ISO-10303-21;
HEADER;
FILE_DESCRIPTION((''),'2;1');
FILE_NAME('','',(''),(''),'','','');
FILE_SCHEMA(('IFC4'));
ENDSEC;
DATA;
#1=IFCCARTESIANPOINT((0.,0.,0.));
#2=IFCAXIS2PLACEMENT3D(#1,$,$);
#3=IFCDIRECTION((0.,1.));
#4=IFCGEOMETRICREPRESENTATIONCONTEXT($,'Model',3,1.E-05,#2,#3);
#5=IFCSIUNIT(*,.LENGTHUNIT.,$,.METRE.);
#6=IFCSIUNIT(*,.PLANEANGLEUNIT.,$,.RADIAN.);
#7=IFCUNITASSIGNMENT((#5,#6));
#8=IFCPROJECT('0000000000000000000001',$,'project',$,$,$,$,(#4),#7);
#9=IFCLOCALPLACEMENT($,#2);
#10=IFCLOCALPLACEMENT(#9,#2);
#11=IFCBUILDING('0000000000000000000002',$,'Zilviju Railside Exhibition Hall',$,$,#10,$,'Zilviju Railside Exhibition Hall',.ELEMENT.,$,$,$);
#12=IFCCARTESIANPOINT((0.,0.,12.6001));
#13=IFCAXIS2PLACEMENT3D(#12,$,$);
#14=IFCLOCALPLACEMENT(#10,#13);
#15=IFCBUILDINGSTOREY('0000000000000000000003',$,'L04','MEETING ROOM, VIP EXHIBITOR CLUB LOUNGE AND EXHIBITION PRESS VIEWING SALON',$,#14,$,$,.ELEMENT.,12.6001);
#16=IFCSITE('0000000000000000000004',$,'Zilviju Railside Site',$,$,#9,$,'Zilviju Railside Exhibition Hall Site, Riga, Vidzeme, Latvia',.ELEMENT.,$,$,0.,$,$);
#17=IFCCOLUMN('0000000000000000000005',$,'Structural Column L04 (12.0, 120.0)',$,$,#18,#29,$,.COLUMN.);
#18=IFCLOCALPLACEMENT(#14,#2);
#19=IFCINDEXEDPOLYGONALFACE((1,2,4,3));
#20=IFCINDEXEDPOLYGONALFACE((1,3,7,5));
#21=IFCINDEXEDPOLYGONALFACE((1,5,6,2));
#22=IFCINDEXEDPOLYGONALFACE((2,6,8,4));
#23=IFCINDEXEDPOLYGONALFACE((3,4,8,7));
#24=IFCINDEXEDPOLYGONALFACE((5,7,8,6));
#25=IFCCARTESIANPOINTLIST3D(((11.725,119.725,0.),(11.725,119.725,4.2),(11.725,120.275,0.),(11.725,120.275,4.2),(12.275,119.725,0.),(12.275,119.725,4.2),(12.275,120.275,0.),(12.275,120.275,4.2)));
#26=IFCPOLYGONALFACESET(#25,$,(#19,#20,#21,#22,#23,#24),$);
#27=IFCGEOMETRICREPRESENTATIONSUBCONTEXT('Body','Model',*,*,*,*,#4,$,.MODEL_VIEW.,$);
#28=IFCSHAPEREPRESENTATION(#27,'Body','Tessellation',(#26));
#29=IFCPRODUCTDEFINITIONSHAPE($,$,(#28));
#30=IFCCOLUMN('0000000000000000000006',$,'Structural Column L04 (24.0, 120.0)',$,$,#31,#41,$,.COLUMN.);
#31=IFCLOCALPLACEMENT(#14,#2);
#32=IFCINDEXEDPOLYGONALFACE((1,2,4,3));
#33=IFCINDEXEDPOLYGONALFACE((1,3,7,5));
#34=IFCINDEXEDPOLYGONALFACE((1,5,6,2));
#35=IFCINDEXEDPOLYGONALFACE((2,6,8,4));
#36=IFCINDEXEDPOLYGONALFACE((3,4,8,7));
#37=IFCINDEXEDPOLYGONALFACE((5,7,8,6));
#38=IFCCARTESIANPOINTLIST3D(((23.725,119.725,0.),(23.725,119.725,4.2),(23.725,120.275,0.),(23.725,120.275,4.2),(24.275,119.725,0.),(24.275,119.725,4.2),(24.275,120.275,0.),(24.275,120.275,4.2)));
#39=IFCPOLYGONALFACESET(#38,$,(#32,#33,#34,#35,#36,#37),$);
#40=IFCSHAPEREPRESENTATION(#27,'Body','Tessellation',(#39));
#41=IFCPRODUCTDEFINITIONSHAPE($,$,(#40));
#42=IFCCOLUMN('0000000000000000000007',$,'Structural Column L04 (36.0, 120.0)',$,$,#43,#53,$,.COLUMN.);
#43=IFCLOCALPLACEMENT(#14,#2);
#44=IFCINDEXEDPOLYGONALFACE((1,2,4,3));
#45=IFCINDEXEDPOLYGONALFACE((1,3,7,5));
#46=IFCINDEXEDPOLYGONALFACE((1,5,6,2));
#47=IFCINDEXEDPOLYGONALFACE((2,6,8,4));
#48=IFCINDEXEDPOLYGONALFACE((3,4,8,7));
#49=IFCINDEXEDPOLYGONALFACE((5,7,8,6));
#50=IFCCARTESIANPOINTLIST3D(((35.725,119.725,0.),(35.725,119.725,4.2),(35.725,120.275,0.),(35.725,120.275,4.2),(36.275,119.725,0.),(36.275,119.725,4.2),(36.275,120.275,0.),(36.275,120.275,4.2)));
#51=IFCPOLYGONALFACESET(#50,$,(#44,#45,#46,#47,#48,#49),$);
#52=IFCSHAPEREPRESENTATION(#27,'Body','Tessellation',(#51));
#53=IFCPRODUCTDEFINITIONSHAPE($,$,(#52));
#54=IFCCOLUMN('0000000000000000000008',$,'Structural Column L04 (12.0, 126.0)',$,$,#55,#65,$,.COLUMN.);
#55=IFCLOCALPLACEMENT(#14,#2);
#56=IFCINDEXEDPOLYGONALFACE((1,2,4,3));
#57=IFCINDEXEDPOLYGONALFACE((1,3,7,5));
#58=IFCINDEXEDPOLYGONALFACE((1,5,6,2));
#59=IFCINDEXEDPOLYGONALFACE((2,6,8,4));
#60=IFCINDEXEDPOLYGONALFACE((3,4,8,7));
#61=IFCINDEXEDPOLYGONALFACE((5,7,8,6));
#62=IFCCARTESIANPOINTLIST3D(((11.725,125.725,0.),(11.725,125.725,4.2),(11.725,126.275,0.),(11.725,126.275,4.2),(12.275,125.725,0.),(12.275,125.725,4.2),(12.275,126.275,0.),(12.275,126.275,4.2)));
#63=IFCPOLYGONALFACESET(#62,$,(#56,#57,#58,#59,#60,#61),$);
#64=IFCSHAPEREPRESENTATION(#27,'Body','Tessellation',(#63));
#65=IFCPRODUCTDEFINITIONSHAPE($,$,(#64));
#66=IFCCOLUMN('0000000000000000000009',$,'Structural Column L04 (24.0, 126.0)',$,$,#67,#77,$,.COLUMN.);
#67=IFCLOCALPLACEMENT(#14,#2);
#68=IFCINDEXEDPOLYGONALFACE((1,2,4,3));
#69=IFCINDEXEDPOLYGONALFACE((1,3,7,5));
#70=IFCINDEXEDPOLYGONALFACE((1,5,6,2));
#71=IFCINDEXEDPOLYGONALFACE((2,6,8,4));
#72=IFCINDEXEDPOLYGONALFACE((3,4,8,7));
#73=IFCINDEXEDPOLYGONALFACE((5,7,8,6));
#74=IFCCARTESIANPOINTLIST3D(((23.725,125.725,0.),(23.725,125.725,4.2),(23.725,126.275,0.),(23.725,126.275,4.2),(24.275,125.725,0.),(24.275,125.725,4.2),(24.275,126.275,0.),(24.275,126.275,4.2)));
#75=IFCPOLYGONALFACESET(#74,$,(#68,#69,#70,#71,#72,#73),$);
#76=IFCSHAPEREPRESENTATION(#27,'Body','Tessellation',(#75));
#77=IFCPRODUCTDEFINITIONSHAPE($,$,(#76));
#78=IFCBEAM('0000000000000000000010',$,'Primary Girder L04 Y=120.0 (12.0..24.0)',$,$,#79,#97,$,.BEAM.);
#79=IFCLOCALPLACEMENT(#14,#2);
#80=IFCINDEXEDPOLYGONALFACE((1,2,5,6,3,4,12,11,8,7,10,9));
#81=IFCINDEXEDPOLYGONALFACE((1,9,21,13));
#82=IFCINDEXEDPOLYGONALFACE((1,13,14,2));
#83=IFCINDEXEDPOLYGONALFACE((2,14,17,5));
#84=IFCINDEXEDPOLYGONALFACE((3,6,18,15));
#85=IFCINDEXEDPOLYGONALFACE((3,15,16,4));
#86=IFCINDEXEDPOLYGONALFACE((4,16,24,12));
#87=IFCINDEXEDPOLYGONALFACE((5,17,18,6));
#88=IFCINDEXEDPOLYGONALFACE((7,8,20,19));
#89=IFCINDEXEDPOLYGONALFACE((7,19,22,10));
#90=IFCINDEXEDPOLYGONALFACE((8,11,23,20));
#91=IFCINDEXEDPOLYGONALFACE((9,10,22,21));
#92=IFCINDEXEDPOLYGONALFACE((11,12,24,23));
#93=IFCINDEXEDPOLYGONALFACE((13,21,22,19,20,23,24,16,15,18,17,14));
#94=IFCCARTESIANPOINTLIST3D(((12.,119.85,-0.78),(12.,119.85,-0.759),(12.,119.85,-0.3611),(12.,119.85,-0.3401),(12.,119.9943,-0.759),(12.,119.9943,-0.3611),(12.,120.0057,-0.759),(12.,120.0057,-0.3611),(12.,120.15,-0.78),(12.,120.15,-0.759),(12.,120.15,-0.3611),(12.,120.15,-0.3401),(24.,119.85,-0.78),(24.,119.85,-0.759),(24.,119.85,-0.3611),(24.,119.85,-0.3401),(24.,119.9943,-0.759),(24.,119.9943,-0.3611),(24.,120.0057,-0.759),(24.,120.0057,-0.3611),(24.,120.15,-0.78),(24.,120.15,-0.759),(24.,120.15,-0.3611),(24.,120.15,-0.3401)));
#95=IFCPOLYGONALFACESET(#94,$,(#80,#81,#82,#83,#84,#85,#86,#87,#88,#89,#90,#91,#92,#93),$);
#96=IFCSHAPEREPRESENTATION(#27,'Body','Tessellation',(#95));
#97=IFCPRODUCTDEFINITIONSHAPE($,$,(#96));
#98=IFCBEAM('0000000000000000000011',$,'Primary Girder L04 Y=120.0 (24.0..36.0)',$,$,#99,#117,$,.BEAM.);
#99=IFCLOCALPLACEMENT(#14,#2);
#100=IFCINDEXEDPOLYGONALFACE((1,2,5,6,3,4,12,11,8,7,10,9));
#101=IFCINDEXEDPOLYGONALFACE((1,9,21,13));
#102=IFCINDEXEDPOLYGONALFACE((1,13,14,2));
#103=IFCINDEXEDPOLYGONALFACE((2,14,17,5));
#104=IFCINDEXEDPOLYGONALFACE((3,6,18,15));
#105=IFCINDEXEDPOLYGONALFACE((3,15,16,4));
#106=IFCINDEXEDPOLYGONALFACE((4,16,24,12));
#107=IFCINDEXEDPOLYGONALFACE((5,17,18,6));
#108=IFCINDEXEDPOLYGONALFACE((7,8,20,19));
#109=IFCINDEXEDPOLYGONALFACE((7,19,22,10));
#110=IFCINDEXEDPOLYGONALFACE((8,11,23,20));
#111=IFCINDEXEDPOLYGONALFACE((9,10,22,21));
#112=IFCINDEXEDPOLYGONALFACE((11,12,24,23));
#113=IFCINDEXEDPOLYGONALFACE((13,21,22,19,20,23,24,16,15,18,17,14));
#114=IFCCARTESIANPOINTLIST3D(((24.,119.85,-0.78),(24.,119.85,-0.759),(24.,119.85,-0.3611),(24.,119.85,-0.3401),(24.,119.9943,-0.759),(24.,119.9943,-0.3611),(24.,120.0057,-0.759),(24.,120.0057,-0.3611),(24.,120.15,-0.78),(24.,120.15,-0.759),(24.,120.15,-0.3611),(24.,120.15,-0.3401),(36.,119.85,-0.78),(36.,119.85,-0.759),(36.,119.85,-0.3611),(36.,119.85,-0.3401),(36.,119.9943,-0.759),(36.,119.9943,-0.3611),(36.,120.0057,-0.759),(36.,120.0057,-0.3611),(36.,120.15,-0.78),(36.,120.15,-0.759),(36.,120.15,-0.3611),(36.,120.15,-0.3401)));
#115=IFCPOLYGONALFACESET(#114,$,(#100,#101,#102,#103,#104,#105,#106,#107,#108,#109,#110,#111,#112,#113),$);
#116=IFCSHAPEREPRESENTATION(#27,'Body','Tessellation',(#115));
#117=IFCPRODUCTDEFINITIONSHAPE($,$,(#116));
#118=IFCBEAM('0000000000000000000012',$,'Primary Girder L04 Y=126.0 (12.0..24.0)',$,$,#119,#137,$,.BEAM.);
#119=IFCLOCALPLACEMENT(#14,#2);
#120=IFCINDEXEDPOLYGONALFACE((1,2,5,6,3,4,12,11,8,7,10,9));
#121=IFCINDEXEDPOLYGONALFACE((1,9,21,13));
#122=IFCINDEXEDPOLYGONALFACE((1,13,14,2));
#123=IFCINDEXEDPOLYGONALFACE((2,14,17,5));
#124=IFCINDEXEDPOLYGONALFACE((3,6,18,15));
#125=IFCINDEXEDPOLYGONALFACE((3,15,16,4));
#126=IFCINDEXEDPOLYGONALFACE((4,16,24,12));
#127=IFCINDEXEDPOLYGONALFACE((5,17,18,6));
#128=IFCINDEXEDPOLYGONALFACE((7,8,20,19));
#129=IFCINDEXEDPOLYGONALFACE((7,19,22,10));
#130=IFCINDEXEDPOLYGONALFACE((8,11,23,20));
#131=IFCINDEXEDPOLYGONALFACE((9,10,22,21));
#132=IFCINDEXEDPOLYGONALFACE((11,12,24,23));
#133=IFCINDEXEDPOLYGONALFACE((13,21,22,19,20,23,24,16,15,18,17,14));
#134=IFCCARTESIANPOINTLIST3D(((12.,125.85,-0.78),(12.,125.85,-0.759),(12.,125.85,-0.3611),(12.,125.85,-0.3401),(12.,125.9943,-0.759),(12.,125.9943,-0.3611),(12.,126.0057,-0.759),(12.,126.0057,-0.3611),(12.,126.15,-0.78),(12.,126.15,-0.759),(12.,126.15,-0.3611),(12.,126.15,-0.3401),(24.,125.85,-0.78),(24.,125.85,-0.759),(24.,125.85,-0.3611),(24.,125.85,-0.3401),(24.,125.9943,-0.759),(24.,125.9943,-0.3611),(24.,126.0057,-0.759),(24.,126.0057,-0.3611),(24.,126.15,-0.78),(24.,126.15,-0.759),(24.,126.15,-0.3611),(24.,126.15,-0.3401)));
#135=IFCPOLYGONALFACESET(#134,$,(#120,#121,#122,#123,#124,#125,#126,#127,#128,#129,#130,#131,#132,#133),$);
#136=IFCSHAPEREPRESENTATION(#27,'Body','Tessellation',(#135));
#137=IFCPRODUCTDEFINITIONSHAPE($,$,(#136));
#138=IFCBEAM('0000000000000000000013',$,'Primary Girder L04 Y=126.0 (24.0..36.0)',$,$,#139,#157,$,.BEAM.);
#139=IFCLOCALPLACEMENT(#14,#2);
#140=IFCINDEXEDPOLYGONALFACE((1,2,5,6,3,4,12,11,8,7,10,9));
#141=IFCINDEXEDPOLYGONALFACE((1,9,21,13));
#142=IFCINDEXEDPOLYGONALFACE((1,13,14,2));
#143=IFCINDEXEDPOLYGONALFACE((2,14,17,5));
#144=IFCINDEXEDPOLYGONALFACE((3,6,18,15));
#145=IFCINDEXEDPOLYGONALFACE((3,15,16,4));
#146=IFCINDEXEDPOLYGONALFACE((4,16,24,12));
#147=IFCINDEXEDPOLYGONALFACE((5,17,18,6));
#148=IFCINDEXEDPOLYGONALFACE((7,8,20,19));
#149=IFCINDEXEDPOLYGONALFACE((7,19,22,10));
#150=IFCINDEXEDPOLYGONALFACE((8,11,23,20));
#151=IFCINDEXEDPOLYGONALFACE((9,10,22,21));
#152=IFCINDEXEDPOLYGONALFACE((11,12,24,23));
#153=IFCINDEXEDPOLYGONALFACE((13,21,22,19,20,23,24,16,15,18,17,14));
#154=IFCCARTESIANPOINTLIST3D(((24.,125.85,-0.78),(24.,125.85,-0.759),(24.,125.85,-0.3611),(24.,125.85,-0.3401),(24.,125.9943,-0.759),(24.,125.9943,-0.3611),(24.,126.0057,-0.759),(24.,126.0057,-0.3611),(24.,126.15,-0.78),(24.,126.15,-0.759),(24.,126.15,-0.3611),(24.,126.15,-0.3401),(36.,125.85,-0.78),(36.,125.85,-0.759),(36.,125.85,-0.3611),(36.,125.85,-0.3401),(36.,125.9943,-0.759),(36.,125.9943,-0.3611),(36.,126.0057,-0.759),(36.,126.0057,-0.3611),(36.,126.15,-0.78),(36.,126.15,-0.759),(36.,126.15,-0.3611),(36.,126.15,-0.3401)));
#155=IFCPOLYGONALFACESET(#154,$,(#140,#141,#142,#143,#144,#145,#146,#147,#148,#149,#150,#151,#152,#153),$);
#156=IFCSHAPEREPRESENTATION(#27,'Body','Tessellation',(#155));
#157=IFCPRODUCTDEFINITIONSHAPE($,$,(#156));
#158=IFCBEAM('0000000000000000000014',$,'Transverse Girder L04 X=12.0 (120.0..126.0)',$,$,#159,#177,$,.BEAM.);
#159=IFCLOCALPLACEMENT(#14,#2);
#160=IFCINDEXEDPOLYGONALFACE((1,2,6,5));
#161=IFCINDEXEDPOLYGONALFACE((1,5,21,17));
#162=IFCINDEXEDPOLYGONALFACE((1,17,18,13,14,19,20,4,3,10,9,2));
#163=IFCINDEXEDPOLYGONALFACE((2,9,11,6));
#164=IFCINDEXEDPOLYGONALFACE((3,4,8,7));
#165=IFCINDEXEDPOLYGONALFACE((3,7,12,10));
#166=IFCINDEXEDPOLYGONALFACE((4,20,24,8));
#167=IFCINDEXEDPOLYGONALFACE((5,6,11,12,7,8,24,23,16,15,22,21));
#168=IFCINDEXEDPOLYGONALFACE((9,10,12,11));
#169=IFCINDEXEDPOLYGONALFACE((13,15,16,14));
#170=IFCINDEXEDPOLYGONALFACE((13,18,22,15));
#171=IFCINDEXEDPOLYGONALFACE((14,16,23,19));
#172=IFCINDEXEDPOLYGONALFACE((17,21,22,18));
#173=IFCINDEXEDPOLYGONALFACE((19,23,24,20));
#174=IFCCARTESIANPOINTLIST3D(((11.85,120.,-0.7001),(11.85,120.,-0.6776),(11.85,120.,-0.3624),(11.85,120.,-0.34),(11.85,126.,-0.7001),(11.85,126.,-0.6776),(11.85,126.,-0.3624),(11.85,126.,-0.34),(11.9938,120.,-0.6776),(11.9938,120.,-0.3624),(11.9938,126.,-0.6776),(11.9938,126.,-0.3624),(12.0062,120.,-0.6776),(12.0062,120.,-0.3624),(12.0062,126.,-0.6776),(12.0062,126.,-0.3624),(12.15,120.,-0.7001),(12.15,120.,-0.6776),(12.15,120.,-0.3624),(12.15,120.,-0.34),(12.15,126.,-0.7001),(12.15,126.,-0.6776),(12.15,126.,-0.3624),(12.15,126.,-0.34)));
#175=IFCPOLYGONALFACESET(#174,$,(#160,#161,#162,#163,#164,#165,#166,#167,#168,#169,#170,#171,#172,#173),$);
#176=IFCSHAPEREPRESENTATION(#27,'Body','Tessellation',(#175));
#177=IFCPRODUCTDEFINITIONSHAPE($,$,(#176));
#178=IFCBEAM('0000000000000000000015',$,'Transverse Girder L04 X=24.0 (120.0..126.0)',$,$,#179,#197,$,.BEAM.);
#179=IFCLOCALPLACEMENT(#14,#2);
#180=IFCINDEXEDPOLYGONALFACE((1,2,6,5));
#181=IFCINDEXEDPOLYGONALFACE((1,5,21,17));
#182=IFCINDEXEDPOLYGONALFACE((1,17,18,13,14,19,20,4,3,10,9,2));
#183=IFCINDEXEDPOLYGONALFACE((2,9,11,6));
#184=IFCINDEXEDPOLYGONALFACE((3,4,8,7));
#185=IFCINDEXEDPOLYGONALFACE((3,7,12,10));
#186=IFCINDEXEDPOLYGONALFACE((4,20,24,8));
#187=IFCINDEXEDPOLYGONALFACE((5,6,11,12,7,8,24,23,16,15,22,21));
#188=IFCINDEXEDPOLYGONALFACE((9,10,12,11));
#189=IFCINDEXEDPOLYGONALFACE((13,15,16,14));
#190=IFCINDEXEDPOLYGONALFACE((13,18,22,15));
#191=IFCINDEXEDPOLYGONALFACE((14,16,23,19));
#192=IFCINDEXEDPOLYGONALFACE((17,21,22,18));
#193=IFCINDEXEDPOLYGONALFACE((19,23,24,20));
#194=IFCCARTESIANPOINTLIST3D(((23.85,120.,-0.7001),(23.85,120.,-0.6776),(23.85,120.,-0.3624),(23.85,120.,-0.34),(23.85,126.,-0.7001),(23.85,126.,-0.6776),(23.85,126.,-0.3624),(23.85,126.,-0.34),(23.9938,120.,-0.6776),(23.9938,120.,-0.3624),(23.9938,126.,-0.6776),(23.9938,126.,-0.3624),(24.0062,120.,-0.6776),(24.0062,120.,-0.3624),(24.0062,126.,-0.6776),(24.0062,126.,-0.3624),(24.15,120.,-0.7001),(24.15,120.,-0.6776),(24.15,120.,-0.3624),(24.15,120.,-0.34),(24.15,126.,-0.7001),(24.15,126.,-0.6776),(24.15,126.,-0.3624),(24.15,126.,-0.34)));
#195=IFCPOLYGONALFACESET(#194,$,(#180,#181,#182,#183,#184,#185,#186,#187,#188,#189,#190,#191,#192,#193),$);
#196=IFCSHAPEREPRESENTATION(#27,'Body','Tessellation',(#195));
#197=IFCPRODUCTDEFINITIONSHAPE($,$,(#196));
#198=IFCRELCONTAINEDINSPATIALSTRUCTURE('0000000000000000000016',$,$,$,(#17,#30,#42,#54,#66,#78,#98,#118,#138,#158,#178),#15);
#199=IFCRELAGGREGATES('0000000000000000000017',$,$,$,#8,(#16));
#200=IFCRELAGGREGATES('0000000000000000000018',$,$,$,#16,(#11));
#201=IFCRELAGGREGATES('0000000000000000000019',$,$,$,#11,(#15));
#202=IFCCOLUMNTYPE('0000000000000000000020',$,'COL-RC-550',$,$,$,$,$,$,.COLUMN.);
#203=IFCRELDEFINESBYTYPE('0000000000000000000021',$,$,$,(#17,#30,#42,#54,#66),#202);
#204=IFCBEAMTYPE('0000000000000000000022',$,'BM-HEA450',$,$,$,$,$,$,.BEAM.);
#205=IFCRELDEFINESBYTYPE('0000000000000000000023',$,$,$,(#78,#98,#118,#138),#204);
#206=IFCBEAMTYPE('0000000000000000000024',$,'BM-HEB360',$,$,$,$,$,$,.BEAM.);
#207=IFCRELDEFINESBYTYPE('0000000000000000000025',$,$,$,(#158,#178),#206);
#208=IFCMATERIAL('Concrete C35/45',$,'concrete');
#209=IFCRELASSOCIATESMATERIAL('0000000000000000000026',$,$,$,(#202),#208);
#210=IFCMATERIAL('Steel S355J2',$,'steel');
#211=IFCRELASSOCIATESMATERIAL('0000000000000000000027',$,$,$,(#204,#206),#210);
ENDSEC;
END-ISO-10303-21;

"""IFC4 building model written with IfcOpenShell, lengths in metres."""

from ifc_helpers import new_model, si_unit, direction, frame, origin, origin_2d, place, context, subcontext, project, spatial, rectangle, i_section, extrude, material, material_profile, profile_set, type_object, element, save


model = new_model("IFC4")

# Units and contexts
model_context = context("Model", 3, precision=1e-05, world=origin(), true_north=direction((0.0, 1.0)))
body_context = subcontext(model_context, "Body", "Model", "MODEL_VIEW")
ifc_project = project(units=[si_unit("LENGTHUNIT", "METRE"), si_unit("PLANEANGLEUNIT", "RADIAN")], contexts=[model_context])

# Site, building, storey
site_placement = place(None, origin())
site = spatial("IfcSite", under=ifc_project, at=site_placement, Name="Zilviju Railside Site", LongName="Zilviju Railside Exhibition Hall Site, Riga, Vidzeme, Latvia", CompositionType="ELEMENT", RefElevation=0.0)
building_placement = place(site_placement, origin())
building = spatial("IfcBuilding", under=site, at=building_placement, Name="Zilviju Railside Exhibition Hall", LongName="Zilviju Railside Exhibition Hall", CompositionType="ELEMENT")
storey_placement = place(building_placement, frame((0.0, 0.0, 12.6001)))
storey = spatial("IfcBuildingStorey", under=building, at=storey_placement, Name="L04", Description="MEETING ROOM, VIP EXHIBITOR CLUB LOUNGE AND EXHIBITION PRESS VIEWING SALON", CompositionType="ELEMENT", Elevation=12.6001)

# Columns
ifc_material_1 = material(Name="Concrete C35/45", Category="concrete")
ifc_material_profile_1 = material_profile(ifc_material_1, rectangle(XDim=0.55, YDim=0.55, at=origin_2d()), Name="RC COL 550x550")
ifc_profile_set_1 = profile_set([ifc_material_profile_1], Name="Concrete C35/45")
column_type = type_object("IfcColumnType", Name="COL-RC-550", PredefinedType="COLUMN", material=ifc_profile_set_1)
for number, where, z_axis, x_axis, name in (
    (1, (12.0, 120.0, 0.0), (0.0, 0.0, 1.0), (1.0, 0.0, 0.0), "Structural Column L04 (12.0, 120.0)"),
    (2, (24.0, 120.0, 0.0), (0.0, 0.0, 1.0), (1.0, 0.0, 0.0), "Structural Column L04 (24.0, 120.0)"),
    (3, (36.0, 120.0, 0.0), (0.0, 0.0, 1.0), (1.0, 0.0, 0.0), "Structural Column L04 (36.0, 120.0)"),
    (4, (12.0, 126.0, 0.0), (0.0, 0.0, 1.0), (1.0, 0.0, 0.0), "Structural Column L04 (12.0, 126.0)"),
    (5, (24.0, 126.0, 0.0), (0.0, 0.0, 1.0), (1.0, 0.0, 0.0), "Structural Column L04 (24.0, 126.0)"),
):
    element("IfcColumn", number, at=place(storey_placement, frame(where, z_axis=z_axis, x_axis=x_axis)), inside=storey, type_object=column_type, Name=name, PredefinedType="COLUMN", context=body_context, shape_type="SweptSolid", body=[
        extrude(rectangle(XDim=0.55, YDim=0.55, at=origin_2d()), origin(), (0.0, 0.0, 1.0), 4.2),
    ])

# Beams
ifc_material_2 = material(Name="Steel S355J2", Category="steel")
ifc_material_profile_2 = material_profile(ifc_material_2, i_section(OverallWidth=0.3, OverallDepth=0.4399, WebThickness=0.0115, FlangeThickness=0.021, at=origin_2d()), Name="HEA 450")
ifc_profile_set_2 = profile_set([ifc_material_profile_2], Name="Steel S355J2")
beam_type_1 = type_object("IfcBeamType", Name="BM-HEA450", PredefinedType="BEAM", material=ifc_profile_set_2)
for number, where, z_axis, x_axis, name in (
    (6, (12.0, 120.0, -0.5601), (1.0, 0.0, 0.0), (0.0, 1.0, 0.0), "Primary Girder L04 Y=120.0 (12.0..24.0)"),
    (7, (24.0, 120.0, -0.5601), (1.0, 0.0, 0.0), (0.0, 1.0, 0.0), "Primary Girder L04 Y=120.0 (24.0..36.0)"),
    (8, (12.0, 126.0, -0.5601), (1.0, 0.0, 0.0), (0.0, 1.0, 0.0), "Primary Girder L04 Y=126.0 (12.0..24.0)"),
    (9, (24.0, 126.0, -0.5601), (1.0, 0.0, 0.0), (0.0, 1.0, 0.0), "Primary Girder L04 Y=126.0 (24.0..36.0)"),
):
    element("IfcBeam", number, at=place(storey_placement, frame(where, z_axis=z_axis, x_axis=x_axis)), inside=storey, type_object=beam_type_1, Name=name, PredefinedType="BEAM", context=body_context, shape_type="SweptSolid", body=[
        extrude(i_section(OverallWidth=0.3, OverallDepth=0.4399, WebThickness=0.0115, FlangeThickness=0.021, at=origin_2d()), origin(), (0.0, 0.0, 1.0), 12.0),
    ])
ifc_material_profile_3 = material_profile(ifc_material_2, i_section(OverallWidth=0.3, OverallDepth=0.3601, WebThickness=0.0125, FlangeThickness=0.0225, at=origin_2d()), Name="HEB 360")
ifc_profile_set_3 = profile_set([ifc_material_profile_3], Name="Steel S355J2")
beam_type_2 = type_object("IfcBeamType", Name="BM-HEB360", PredefinedType="BEAM", material=ifc_profile_set_3)
for number, where, z_axis, x_axis, name in (
    (10, (12.0, 120.0, -0.52), (0.0, 1.0, 0.0), (-1.0, 0.0, 0.0), "Transverse Girder L04 X=12.0 (120.0..126.0)"),
    (11, (24.0, 120.0, -0.52), (0.0, 1.0, 0.0), (-1.0, 0.0, 0.0), "Transverse Girder L04 X=24.0 (120.0..126.0)"),
):
    element("IfcBeam", number, at=place(storey_placement, frame(where, z_axis=z_axis, x_axis=x_axis)), inside=storey, type_object=beam_type_2, Name=name, PredefinedType="BEAM", context=body_context, shape_type="SweptSolid", body=[
        extrude(i_section(OverallWidth=0.3, OverallDepth=0.3601, WebThickness=0.0125, FlangeThickness=0.0225, at=origin_2d()), origin(), (0.0, 0.0, 1.0), 6.0),
    ])

save(model, "model.ifc")
